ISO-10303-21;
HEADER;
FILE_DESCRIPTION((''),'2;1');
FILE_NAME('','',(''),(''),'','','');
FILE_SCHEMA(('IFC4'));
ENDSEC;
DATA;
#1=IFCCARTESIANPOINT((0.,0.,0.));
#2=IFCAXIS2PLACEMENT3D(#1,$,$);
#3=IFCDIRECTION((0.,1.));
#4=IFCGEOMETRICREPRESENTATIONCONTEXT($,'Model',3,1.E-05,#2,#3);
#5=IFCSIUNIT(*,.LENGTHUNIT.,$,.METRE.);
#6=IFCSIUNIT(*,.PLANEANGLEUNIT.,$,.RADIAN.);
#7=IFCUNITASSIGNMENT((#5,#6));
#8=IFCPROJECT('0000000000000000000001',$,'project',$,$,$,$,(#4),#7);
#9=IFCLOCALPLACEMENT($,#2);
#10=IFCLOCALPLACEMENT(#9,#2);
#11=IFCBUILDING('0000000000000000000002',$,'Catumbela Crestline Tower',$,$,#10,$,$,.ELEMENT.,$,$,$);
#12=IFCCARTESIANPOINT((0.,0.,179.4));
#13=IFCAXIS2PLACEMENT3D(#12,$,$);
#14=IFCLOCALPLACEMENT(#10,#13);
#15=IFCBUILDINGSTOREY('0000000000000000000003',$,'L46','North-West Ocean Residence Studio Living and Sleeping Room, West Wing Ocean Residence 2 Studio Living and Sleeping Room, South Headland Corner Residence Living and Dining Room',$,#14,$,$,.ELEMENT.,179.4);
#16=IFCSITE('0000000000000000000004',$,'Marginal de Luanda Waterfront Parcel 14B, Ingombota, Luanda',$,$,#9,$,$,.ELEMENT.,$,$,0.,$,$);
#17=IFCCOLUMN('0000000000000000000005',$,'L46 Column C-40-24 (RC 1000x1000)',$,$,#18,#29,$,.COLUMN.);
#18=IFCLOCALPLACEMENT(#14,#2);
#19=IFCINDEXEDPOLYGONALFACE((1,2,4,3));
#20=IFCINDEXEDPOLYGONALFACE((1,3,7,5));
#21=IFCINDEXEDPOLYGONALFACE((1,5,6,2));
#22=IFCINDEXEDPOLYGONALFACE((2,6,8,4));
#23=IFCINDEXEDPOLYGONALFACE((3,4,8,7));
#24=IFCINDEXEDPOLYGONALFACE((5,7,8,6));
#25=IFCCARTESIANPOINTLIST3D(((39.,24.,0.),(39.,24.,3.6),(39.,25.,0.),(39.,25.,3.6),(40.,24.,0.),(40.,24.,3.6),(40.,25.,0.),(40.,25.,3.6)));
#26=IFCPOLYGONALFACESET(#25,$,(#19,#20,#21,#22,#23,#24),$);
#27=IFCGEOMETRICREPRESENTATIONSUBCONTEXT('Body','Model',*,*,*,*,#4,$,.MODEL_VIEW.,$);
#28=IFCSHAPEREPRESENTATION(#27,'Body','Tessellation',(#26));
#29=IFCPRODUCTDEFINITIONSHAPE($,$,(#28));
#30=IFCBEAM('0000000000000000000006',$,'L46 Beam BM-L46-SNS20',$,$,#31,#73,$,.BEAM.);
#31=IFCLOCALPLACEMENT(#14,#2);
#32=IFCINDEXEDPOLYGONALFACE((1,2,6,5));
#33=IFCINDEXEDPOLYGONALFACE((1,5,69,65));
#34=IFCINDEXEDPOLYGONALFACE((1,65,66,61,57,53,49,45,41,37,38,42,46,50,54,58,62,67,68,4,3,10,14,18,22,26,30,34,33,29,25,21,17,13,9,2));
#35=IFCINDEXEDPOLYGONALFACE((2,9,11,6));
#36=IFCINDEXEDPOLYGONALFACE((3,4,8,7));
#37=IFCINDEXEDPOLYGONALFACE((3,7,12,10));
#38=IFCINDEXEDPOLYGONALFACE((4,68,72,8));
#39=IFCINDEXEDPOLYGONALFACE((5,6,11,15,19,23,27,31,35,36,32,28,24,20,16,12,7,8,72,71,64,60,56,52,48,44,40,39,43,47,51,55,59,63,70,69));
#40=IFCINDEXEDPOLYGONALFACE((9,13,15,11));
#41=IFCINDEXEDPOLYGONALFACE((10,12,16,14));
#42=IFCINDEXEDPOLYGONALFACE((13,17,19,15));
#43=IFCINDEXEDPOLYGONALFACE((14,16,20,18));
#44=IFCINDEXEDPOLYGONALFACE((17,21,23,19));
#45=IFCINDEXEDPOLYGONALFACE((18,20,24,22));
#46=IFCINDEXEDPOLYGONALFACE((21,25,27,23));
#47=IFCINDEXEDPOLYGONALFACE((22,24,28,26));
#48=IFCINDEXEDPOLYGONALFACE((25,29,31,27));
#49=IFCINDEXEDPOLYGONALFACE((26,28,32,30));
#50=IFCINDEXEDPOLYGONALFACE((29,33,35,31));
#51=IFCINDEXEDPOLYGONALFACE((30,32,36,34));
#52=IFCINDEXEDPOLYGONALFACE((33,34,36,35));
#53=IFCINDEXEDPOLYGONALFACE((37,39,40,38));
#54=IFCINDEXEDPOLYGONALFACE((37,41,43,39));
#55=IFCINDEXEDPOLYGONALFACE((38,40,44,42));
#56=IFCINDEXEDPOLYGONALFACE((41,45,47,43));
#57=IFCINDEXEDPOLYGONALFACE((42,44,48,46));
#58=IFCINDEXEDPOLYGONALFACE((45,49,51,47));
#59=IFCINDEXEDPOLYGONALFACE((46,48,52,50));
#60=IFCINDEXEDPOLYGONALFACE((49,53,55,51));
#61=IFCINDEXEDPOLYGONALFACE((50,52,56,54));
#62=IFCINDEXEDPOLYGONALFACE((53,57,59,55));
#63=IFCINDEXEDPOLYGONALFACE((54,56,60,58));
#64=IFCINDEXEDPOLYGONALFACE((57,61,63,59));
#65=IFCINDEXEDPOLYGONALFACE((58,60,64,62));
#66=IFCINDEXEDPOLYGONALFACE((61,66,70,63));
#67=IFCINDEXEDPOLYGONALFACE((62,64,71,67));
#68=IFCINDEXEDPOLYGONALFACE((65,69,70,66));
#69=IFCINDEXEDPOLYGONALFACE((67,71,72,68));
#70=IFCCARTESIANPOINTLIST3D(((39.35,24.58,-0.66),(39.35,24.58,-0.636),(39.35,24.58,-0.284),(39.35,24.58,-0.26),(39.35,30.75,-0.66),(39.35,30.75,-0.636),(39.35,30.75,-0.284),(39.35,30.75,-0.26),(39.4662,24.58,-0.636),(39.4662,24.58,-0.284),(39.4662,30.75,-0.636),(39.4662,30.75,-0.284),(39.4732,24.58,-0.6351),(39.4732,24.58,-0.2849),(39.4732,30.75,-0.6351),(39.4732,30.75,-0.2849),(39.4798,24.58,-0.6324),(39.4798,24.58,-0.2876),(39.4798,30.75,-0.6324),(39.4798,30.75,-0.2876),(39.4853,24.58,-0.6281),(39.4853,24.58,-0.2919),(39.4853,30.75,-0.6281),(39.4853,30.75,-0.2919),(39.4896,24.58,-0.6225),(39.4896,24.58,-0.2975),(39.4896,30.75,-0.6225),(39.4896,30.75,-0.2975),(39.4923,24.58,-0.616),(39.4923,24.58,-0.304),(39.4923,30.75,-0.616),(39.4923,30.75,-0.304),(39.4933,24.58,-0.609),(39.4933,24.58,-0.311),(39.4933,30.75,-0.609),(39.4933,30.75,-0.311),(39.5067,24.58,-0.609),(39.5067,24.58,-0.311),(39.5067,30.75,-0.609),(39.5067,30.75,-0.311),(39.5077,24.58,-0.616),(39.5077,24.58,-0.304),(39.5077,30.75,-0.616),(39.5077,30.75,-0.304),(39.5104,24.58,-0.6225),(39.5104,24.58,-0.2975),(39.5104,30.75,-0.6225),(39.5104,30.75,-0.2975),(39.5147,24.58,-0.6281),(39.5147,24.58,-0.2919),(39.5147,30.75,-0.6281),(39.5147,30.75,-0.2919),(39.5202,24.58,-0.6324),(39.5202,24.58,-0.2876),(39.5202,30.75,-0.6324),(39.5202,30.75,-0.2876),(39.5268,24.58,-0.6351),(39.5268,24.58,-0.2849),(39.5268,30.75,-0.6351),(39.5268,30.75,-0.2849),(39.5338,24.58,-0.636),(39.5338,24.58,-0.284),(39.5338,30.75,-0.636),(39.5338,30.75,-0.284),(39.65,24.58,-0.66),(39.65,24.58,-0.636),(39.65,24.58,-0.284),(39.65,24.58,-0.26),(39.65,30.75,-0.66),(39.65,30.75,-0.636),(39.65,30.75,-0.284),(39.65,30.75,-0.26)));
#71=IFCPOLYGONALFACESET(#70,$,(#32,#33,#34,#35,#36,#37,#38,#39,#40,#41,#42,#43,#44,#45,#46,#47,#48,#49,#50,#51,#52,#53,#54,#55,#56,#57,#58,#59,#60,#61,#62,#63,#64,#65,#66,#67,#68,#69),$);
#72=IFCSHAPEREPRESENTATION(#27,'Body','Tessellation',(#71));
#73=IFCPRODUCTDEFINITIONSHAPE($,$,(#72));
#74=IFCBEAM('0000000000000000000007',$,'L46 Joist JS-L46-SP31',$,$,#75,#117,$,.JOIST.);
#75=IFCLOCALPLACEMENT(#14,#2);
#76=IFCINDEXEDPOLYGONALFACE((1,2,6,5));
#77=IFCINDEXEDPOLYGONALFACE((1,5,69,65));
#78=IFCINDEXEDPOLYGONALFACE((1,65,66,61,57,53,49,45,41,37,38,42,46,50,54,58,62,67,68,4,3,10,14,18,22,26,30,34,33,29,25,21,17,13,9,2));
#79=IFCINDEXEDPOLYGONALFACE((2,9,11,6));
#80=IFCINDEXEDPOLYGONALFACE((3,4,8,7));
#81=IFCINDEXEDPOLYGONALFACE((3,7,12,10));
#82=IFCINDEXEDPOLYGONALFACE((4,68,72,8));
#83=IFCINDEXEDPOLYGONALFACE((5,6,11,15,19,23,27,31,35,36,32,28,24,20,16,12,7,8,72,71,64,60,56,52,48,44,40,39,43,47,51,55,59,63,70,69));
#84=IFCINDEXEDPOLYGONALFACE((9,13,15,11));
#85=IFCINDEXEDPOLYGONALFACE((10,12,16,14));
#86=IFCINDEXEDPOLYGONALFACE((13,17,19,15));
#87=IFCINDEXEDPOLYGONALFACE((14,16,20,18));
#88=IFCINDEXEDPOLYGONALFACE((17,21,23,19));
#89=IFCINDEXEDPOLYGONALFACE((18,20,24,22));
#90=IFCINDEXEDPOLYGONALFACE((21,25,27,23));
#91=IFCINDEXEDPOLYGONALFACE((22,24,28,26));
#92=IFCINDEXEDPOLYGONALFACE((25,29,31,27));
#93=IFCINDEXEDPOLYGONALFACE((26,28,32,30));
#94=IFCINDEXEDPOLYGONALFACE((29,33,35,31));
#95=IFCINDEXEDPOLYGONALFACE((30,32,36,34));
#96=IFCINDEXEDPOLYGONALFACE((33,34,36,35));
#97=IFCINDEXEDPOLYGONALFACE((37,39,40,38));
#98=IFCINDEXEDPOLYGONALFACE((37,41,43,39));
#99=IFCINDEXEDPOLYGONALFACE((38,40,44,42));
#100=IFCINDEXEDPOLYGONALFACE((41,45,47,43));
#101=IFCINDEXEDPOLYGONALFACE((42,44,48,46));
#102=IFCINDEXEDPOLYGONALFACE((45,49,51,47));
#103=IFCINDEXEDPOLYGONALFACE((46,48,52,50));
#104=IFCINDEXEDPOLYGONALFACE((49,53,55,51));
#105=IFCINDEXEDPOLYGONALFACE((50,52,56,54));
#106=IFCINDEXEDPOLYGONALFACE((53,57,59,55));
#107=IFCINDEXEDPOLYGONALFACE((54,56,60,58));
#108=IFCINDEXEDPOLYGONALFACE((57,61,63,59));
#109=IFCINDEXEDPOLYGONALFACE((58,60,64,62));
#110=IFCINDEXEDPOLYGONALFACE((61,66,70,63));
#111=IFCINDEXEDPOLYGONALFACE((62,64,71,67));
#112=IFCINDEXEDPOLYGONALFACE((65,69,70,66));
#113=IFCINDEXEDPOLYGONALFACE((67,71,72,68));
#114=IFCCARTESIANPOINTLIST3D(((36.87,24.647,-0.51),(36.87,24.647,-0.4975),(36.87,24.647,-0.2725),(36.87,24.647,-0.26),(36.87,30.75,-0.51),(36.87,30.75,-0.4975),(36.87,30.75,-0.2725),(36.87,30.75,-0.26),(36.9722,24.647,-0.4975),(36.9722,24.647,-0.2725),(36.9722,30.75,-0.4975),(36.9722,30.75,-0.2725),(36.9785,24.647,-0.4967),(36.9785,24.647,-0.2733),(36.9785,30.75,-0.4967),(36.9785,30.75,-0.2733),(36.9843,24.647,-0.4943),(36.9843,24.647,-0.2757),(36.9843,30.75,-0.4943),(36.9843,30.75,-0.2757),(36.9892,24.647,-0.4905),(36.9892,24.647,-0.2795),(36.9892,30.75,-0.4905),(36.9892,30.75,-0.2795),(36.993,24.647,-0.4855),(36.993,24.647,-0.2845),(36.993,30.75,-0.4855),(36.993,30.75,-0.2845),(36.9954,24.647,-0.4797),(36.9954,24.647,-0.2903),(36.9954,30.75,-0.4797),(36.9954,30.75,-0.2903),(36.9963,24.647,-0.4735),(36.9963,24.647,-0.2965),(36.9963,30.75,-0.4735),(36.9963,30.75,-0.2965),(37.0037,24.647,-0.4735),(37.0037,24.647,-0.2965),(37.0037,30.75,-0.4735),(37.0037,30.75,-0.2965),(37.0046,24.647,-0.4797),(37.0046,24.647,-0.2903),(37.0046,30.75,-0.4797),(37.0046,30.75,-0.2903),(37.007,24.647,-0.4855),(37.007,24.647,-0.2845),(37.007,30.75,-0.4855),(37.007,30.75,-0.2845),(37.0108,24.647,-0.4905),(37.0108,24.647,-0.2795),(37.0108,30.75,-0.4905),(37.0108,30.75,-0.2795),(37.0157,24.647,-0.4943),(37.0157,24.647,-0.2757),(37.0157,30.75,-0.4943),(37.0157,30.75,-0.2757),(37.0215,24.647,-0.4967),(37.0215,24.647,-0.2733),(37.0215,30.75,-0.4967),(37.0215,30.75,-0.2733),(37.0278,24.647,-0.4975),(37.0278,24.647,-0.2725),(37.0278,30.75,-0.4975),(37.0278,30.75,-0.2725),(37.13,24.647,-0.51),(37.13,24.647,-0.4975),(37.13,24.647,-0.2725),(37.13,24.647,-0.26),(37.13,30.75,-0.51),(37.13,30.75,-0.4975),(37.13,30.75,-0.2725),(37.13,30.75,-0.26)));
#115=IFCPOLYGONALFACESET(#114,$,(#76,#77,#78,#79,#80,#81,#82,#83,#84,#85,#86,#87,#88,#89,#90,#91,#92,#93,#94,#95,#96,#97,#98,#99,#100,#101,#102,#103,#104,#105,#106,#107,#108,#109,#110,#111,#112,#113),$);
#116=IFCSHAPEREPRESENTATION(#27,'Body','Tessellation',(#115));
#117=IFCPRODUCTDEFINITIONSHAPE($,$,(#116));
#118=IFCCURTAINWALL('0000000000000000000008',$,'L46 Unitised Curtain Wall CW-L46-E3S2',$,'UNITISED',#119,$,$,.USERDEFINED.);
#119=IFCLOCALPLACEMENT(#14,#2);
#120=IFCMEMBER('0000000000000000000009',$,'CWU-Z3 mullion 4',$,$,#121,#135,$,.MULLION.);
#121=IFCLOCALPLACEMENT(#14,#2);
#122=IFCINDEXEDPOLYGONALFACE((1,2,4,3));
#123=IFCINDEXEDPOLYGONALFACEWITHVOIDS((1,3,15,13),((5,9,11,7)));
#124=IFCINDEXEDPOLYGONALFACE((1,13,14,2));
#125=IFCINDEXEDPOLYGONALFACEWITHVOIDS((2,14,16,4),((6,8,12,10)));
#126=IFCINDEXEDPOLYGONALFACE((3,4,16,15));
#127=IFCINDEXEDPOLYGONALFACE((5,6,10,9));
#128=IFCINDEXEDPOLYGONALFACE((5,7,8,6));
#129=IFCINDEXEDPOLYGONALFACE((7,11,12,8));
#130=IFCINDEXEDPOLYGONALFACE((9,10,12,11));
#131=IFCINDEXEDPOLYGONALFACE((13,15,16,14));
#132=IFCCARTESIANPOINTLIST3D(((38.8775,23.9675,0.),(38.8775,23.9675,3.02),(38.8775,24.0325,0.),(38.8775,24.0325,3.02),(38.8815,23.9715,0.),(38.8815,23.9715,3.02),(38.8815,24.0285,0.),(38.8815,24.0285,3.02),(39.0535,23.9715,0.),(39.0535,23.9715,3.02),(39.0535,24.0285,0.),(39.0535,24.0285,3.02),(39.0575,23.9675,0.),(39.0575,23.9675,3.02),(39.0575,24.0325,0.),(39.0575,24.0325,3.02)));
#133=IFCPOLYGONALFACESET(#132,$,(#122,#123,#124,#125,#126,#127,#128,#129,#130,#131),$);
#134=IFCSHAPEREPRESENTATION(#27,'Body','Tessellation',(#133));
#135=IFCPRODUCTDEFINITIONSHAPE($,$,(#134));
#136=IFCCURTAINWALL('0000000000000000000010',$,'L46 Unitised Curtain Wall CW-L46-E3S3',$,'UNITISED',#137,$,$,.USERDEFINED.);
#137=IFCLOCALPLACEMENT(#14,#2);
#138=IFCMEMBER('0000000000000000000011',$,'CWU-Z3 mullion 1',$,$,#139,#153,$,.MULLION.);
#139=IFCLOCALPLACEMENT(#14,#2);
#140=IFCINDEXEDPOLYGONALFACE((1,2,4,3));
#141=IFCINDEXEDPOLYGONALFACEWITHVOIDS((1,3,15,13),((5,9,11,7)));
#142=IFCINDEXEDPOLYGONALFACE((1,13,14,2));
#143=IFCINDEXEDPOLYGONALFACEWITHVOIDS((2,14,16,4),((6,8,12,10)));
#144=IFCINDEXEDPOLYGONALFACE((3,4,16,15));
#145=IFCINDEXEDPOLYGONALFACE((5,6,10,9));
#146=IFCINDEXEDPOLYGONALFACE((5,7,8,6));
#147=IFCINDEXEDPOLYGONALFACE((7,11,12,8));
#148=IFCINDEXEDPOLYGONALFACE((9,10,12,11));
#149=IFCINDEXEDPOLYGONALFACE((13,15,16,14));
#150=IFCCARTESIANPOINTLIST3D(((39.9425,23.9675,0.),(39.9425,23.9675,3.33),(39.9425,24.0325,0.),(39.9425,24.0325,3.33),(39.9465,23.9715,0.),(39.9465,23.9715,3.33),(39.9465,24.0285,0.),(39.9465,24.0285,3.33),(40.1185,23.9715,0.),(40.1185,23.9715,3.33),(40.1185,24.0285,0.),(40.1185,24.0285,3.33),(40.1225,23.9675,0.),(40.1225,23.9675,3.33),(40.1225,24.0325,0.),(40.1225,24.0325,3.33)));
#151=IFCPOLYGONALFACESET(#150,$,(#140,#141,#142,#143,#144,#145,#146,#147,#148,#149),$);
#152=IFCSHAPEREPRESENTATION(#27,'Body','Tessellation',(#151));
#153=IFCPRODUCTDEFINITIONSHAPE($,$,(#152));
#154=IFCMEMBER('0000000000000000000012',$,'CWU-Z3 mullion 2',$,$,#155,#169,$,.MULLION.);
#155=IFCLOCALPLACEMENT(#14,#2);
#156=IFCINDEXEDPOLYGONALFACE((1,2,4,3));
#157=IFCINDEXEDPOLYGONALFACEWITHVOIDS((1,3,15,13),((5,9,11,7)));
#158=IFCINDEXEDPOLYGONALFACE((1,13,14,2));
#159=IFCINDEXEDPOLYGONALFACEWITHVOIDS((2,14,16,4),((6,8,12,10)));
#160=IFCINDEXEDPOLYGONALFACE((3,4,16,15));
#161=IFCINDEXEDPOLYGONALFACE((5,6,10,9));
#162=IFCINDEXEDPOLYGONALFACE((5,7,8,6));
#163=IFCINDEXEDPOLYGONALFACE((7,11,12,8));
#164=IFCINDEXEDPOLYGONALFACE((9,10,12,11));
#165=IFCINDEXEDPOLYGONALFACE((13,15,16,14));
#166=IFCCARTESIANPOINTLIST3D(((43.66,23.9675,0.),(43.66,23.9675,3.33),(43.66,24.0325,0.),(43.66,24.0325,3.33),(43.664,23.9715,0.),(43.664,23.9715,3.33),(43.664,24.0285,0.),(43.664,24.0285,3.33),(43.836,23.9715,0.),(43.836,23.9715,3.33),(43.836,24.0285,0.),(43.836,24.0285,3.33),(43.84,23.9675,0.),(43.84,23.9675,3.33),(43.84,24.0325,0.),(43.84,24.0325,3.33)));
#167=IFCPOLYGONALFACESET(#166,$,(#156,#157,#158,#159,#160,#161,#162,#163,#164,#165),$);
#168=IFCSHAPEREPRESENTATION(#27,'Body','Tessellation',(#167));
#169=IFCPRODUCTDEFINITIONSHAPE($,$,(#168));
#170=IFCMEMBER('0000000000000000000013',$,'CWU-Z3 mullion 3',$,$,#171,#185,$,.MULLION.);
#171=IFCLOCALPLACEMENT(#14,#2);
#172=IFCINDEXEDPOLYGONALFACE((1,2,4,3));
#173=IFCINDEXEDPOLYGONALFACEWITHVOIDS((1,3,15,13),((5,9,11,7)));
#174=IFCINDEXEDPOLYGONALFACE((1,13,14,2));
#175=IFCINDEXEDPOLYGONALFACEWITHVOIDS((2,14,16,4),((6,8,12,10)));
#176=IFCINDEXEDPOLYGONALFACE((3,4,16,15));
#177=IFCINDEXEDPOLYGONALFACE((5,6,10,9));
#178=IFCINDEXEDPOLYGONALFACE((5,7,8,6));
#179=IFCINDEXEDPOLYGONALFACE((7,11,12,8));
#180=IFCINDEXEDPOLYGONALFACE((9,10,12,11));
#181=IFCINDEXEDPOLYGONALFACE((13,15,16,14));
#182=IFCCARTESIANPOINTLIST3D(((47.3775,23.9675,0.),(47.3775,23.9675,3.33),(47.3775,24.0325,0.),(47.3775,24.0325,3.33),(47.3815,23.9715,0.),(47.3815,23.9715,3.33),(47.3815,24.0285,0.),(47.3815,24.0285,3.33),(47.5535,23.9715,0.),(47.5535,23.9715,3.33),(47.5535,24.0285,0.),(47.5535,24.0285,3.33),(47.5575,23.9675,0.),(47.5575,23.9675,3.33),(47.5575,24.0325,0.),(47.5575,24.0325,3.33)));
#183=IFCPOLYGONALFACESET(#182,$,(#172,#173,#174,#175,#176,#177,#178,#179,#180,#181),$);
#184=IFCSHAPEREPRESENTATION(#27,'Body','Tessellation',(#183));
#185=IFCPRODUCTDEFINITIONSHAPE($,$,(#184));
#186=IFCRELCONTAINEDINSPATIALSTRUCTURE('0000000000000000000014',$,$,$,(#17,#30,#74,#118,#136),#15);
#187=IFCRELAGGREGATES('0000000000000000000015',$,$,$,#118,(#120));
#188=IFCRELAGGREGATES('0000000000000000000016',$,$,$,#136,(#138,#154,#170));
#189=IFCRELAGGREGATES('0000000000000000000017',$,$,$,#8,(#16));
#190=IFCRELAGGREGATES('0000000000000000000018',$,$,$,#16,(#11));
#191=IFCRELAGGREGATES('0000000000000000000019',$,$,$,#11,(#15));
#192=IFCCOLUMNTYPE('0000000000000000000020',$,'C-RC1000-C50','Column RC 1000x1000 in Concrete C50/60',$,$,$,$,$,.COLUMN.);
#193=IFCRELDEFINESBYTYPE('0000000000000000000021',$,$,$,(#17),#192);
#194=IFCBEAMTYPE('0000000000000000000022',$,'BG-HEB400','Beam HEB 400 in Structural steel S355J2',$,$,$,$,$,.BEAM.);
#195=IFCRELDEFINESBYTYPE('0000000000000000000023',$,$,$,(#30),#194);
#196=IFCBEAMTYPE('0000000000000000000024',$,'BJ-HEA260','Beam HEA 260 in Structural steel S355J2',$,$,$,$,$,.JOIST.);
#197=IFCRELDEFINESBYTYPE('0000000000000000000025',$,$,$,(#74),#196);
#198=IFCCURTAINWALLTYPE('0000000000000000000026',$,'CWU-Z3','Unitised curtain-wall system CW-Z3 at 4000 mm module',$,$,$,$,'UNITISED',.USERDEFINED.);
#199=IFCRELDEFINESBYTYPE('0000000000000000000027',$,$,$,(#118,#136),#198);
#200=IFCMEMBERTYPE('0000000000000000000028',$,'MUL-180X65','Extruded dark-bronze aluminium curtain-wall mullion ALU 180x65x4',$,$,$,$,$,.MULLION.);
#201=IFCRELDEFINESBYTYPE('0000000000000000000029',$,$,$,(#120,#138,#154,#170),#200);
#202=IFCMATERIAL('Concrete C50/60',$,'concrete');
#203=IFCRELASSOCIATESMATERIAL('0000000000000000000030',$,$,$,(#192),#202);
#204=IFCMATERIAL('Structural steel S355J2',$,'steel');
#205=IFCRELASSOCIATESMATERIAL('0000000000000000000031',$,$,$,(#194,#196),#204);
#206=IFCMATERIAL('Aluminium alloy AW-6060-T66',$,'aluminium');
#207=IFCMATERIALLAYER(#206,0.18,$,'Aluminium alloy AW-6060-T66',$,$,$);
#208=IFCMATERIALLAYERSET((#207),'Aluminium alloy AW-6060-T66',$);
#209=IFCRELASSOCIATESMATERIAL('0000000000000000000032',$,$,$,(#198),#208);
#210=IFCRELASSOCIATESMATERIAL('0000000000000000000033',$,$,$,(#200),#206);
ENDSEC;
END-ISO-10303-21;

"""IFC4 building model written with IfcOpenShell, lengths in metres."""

from ifc_helpers import new_model, si_unit, direction, frame, origin, origin_2d, place, context, subcontext, project, spatial, rectangle, hollow_rectangle, i_section, extrude, material, layer, layer_set, material_profile, profile_set, type_object, element, aggregate, save


model = new_model("IFC4")

# Units and contexts
model_context = context("Model", 3, precision=1e-05, world=origin(), true_north=direction((0.0, 1.0)))
body_context = subcontext(model_context, "Body", "Model", "MODEL_VIEW")
ifc_project = project(units=[si_unit("LENGTHUNIT", "METRE"), si_unit("PLANEANGLEUNIT", "RADIAN")], contexts=[model_context])

# Site, building, storey
site_placement = place(None, origin())
site = spatial("IfcSite", under=ifc_project, at=site_placement, Name="Marginal de Luanda Waterfront Parcel 14B, Ingombota, Luanda", CompositionType="ELEMENT", RefElevation=0.0)
building_placement = place(site_placement, origin())
building = spatial("IfcBuilding", under=site, at=building_placement, Name="Catumbela Crestline Tower", CompositionType="ELEMENT")
storey_placement = place(building_placement, frame((0.0, 0.0, 179.4)))
storey = spatial("IfcBuildingStorey", under=building, at=storey_placement, Name="L46", Description="North-West Ocean Residence Studio Living and Sleeping Room, West Wing Ocean Residence 2 Studio Living and Sleeping Room, South Headland Corner Residence Living and Dining Room", CompositionType="ELEMENT", Elevation=179.4)

# Column
ifc_material_1 = material(Name="Concrete C50/60", Category="concrete")
ifc_material_profile_1 = material_profile(ifc_material_1, rectangle(XDim=1.0, YDim=1.0, at=origin_2d()), Name="RC 1000x1000")
ifc_profile_set_1 = profile_set([ifc_material_profile_1], Name="Concrete C50/60")
column_type = type_object("IfcColumnType", Name="C-RC1000-C50", Description="Column RC 1000x1000 in Concrete C50/60", PredefinedType="COLUMN", material=ifc_profile_set_1)
column_placement = place(storey_placement, frame((39.5, 24.5, 0.0), z_axis=(0.0, 0.0, 1.0), x_axis=(1.0, 0.0, 0.0)))
element("IfcColumn", 1, at=column_placement, inside=storey, type_object=column_type, Name="L46 Column C-40-24 (RC 1000x1000)", PredefinedType="COLUMN", context=body_context, shape_type="SweptSolid", body=[
    extrude(rectangle(XDim=1.0, YDim=1.0, at=origin_2d()), origin(), (0.0, 0.0, 1.0), 3.6),
])

# Beams
ifc_material_2 = material(Name="Structural steel S355J2", Category="steel")
ifc_material_profile_2 = material_profile(ifc_material_2, i_section(OverallWidth=0.3, OverallDepth=0.4, WebThickness=0.0135, FlangeThickness=0.024, FilletRadius=0.027, at=origin_2d()), Name="HEB 400")
ifc_profile_set_2 = profile_set([ifc_material_profile_2], Name="Structural steel S355J2")
beam_type_1 = type_object("IfcBeamType", Name="BG-HEB400", Description="Beam HEB 400 in Structural steel S355J2", PredefinedType="BEAM", material=ifc_profile_set_2)
beam_1_placement = place(storey_placement, frame((39.5, 24.58, -0.46), z_axis=(0.0, 1.0, 0.0), x_axis=(-1.0, 0.0, 0.0)))
element("IfcBeam", 2, at=beam_1_placement, inside=storey, type_object=beam_type_1, Name="L46 Beam BM-L46-SNS20", PredefinedType="BEAM", context=body_context, shape_type="SweptSolid", body=[
    extrude(i_section(OverallWidth=0.3, OverallDepth=0.4, WebThickness=0.0135, FlangeThickness=0.024, FilletRadius=0.027, at=origin_2d()), origin(), (0.0, 0.0, 1.0), 6.17),
])
ifc_material_profile_3 = material_profile(ifc_material_2, i_section(OverallWidth=0.26, OverallDepth=0.25, WebThickness=0.0075, FlangeThickness=0.0125, FilletRadius=0.024, at=origin_2d()), Name="HEA 260")
ifc_profile_set_3 = profile_set([ifc_material_profile_3], Name="Structural steel S355J2")
beam_type_2 = type_object("IfcBeamType", Name="BJ-HEA260", Description="Beam HEA 260 in Structural steel S355J2", PredefinedType="JOIST", material=ifc_profile_set_3)
beam_2_placement = place(storey_placement, frame((37.0, 24.647, -0.385), z_axis=(0.0, 1.0, 0.0), x_axis=(-1.0, 0.0, 0.0)))
element("IfcBeam", 3, at=beam_2_placement, inside=storey, type_object=beam_type_2, Name="L46 Joist JS-L46-SP31", PredefinedType="JOIST", context=body_context, shape_type="SweptSolid", body=[
    extrude(i_section(OverallWidth=0.26, OverallDepth=0.25, WebThickness=0.0075, FlangeThickness=0.0125, FilletRadius=0.024, at=origin_2d()), origin(), (0.0, 0.0, 1.0), 6.103),
])

# Curtain wall, member
ifc_material_3 = material(Name="Aluminium alloy AW-6060-T66", Category="aluminium")
ifc_layer_1 = layer(ifc_material_3, 0.18, Name="Aluminium alloy AW-6060-T66")
ifc_layer_set_1 = layer_set([ifc_layer_1], Name="Aluminium alloy AW-6060-T66")
curtain_wall_type = type_object("IfcCurtainWallType", Name="CWU-Z3", Description="Unitised curtain-wall system CW-Z3 at 4000 mm module", ElementType="UNITISED", PredefinedType="USERDEFINED", material=ifc_layer_set_1)
curtain_wall_1_placement = place(storey_placement, origin())
curtain_wall_1 = element("IfcCurtainWall", 4, at=curtain_wall_1_placement, inside=storey, type_object=curtain_wall_type, Name="L46 Unitised Curtain Wall CW-L46-E3S2", ObjectType="UNITISED", PredefinedType="USERDEFINED")
ifc_material_profile_4 = material_profile(ifc_material_3, hollow_rectangle(XDim=0.065, YDim=0.18, WallThickness=0.004, at=origin_2d()), Name="ALU 180x65x4")
ifc_profile_set_4 = profile_set([ifc_material_profile_4], Name="Aluminium alloy AW-6060-T66")
member_type_1 = type_object("IfcMemberType", Name="MUL-180X65", Description="Extruded dark-bronze aluminium curtain-wall mullion ALU 180x65x4", PredefinedType="MULLION", material=ifc_profile_set_4)
member_1_placement = place(storey_placement, frame((38.9675, 24.0, 0.0), z_axis=(0.0, 0.0, 1.0), x_axis=(0.0, 1.0, 0.0)))
member_1 = element("IfcMember", 5, at=member_1_placement, type_object=member_type_1, Name="CWU-Z3 mullion 4", PredefinedType="MULLION", context=body_context, shape_type="SweptSolid", body=[
    extrude(hollow_rectangle(XDim=0.065, YDim=0.18, WallThickness=0.004, at=origin_2d()), origin(), (0.0, 0.0, 1.0), 3.02),
])

# Curtain wall, members
curtain_wall_2_placement = place(storey_placement, origin())
curtain_wall_2 = element("IfcCurtainWall", 6, at=curtain_wall_2_placement, inside=storey, type_object=curtain_wall_type, Name="L46 Unitised Curtain Wall CW-L46-E3S3", ObjectType="UNITISED", PredefinedType="USERDEFINED")
member_2_placement = place(storey_placement, frame((40.0325, 24.0, 0.0), z_axis=(0.0, 0.0, 1.0), x_axis=(0.0, 1.0, 0.0)))
member_2 = element("IfcMember", 7, at=member_2_placement, type_object=member_type_1, Name="CWU-Z3 mullion 1", PredefinedType="MULLION", context=body_context, shape_type="SweptSolid", body=[
    extrude(hollow_rectangle(XDim=0.065, YDim=0.18, WallThickness=0.004, at=origin_2d()), origin(), (0.0, 0.0, 1.0), 3.33),
])
member_3_placement = place(storey_placement, frame((43.75, 24.0, 0.0), z_axis=(0.0, 0.0, 1.0), x_axis=(0.0, 1.0, 0.0)))
member_3 = element("IfcMember", 8, at=member_3_placement, type_object=member_type_1, Name="CWU-Z3 mullion 2", PredefinedType="MULLION", context=body_context, shape_type="SweptSolid", body=[
    extrude(hollow_rectangle(XDim=0.065, YDim=0.18, WallThickness=0.004, at=origin_2d()), origin(), (0.0, 0.0, 1.0), 3.33),
])
member_4_placement = place(storey_placement, frame((47.4675, 24.0, 0.0), z_axis=(0.0, 0.0, 1.0), x_axis=(0.0, 1.0, 0.0)))
member_4 = element("IfcMember", 9, at=member_4_placement, type_object=member_type_1, Name="CWU-Z3 mullion 3", PredefinedType="MULLION", context=body_context, shape_type="SweptSolid", body=[
    extrude(hollow_rectangle(XDim=0.065, YDim=0.18, WallThickness=0.004, at=origin_2d()), origin(), (0.0, 0.0, 1.0), 3.33),
])

aggregate(curtain_wall_1, [member_1])
aggregate(curtain_wall_2, [member_2, member_3, member_4])

save(model, "model.ifc")
